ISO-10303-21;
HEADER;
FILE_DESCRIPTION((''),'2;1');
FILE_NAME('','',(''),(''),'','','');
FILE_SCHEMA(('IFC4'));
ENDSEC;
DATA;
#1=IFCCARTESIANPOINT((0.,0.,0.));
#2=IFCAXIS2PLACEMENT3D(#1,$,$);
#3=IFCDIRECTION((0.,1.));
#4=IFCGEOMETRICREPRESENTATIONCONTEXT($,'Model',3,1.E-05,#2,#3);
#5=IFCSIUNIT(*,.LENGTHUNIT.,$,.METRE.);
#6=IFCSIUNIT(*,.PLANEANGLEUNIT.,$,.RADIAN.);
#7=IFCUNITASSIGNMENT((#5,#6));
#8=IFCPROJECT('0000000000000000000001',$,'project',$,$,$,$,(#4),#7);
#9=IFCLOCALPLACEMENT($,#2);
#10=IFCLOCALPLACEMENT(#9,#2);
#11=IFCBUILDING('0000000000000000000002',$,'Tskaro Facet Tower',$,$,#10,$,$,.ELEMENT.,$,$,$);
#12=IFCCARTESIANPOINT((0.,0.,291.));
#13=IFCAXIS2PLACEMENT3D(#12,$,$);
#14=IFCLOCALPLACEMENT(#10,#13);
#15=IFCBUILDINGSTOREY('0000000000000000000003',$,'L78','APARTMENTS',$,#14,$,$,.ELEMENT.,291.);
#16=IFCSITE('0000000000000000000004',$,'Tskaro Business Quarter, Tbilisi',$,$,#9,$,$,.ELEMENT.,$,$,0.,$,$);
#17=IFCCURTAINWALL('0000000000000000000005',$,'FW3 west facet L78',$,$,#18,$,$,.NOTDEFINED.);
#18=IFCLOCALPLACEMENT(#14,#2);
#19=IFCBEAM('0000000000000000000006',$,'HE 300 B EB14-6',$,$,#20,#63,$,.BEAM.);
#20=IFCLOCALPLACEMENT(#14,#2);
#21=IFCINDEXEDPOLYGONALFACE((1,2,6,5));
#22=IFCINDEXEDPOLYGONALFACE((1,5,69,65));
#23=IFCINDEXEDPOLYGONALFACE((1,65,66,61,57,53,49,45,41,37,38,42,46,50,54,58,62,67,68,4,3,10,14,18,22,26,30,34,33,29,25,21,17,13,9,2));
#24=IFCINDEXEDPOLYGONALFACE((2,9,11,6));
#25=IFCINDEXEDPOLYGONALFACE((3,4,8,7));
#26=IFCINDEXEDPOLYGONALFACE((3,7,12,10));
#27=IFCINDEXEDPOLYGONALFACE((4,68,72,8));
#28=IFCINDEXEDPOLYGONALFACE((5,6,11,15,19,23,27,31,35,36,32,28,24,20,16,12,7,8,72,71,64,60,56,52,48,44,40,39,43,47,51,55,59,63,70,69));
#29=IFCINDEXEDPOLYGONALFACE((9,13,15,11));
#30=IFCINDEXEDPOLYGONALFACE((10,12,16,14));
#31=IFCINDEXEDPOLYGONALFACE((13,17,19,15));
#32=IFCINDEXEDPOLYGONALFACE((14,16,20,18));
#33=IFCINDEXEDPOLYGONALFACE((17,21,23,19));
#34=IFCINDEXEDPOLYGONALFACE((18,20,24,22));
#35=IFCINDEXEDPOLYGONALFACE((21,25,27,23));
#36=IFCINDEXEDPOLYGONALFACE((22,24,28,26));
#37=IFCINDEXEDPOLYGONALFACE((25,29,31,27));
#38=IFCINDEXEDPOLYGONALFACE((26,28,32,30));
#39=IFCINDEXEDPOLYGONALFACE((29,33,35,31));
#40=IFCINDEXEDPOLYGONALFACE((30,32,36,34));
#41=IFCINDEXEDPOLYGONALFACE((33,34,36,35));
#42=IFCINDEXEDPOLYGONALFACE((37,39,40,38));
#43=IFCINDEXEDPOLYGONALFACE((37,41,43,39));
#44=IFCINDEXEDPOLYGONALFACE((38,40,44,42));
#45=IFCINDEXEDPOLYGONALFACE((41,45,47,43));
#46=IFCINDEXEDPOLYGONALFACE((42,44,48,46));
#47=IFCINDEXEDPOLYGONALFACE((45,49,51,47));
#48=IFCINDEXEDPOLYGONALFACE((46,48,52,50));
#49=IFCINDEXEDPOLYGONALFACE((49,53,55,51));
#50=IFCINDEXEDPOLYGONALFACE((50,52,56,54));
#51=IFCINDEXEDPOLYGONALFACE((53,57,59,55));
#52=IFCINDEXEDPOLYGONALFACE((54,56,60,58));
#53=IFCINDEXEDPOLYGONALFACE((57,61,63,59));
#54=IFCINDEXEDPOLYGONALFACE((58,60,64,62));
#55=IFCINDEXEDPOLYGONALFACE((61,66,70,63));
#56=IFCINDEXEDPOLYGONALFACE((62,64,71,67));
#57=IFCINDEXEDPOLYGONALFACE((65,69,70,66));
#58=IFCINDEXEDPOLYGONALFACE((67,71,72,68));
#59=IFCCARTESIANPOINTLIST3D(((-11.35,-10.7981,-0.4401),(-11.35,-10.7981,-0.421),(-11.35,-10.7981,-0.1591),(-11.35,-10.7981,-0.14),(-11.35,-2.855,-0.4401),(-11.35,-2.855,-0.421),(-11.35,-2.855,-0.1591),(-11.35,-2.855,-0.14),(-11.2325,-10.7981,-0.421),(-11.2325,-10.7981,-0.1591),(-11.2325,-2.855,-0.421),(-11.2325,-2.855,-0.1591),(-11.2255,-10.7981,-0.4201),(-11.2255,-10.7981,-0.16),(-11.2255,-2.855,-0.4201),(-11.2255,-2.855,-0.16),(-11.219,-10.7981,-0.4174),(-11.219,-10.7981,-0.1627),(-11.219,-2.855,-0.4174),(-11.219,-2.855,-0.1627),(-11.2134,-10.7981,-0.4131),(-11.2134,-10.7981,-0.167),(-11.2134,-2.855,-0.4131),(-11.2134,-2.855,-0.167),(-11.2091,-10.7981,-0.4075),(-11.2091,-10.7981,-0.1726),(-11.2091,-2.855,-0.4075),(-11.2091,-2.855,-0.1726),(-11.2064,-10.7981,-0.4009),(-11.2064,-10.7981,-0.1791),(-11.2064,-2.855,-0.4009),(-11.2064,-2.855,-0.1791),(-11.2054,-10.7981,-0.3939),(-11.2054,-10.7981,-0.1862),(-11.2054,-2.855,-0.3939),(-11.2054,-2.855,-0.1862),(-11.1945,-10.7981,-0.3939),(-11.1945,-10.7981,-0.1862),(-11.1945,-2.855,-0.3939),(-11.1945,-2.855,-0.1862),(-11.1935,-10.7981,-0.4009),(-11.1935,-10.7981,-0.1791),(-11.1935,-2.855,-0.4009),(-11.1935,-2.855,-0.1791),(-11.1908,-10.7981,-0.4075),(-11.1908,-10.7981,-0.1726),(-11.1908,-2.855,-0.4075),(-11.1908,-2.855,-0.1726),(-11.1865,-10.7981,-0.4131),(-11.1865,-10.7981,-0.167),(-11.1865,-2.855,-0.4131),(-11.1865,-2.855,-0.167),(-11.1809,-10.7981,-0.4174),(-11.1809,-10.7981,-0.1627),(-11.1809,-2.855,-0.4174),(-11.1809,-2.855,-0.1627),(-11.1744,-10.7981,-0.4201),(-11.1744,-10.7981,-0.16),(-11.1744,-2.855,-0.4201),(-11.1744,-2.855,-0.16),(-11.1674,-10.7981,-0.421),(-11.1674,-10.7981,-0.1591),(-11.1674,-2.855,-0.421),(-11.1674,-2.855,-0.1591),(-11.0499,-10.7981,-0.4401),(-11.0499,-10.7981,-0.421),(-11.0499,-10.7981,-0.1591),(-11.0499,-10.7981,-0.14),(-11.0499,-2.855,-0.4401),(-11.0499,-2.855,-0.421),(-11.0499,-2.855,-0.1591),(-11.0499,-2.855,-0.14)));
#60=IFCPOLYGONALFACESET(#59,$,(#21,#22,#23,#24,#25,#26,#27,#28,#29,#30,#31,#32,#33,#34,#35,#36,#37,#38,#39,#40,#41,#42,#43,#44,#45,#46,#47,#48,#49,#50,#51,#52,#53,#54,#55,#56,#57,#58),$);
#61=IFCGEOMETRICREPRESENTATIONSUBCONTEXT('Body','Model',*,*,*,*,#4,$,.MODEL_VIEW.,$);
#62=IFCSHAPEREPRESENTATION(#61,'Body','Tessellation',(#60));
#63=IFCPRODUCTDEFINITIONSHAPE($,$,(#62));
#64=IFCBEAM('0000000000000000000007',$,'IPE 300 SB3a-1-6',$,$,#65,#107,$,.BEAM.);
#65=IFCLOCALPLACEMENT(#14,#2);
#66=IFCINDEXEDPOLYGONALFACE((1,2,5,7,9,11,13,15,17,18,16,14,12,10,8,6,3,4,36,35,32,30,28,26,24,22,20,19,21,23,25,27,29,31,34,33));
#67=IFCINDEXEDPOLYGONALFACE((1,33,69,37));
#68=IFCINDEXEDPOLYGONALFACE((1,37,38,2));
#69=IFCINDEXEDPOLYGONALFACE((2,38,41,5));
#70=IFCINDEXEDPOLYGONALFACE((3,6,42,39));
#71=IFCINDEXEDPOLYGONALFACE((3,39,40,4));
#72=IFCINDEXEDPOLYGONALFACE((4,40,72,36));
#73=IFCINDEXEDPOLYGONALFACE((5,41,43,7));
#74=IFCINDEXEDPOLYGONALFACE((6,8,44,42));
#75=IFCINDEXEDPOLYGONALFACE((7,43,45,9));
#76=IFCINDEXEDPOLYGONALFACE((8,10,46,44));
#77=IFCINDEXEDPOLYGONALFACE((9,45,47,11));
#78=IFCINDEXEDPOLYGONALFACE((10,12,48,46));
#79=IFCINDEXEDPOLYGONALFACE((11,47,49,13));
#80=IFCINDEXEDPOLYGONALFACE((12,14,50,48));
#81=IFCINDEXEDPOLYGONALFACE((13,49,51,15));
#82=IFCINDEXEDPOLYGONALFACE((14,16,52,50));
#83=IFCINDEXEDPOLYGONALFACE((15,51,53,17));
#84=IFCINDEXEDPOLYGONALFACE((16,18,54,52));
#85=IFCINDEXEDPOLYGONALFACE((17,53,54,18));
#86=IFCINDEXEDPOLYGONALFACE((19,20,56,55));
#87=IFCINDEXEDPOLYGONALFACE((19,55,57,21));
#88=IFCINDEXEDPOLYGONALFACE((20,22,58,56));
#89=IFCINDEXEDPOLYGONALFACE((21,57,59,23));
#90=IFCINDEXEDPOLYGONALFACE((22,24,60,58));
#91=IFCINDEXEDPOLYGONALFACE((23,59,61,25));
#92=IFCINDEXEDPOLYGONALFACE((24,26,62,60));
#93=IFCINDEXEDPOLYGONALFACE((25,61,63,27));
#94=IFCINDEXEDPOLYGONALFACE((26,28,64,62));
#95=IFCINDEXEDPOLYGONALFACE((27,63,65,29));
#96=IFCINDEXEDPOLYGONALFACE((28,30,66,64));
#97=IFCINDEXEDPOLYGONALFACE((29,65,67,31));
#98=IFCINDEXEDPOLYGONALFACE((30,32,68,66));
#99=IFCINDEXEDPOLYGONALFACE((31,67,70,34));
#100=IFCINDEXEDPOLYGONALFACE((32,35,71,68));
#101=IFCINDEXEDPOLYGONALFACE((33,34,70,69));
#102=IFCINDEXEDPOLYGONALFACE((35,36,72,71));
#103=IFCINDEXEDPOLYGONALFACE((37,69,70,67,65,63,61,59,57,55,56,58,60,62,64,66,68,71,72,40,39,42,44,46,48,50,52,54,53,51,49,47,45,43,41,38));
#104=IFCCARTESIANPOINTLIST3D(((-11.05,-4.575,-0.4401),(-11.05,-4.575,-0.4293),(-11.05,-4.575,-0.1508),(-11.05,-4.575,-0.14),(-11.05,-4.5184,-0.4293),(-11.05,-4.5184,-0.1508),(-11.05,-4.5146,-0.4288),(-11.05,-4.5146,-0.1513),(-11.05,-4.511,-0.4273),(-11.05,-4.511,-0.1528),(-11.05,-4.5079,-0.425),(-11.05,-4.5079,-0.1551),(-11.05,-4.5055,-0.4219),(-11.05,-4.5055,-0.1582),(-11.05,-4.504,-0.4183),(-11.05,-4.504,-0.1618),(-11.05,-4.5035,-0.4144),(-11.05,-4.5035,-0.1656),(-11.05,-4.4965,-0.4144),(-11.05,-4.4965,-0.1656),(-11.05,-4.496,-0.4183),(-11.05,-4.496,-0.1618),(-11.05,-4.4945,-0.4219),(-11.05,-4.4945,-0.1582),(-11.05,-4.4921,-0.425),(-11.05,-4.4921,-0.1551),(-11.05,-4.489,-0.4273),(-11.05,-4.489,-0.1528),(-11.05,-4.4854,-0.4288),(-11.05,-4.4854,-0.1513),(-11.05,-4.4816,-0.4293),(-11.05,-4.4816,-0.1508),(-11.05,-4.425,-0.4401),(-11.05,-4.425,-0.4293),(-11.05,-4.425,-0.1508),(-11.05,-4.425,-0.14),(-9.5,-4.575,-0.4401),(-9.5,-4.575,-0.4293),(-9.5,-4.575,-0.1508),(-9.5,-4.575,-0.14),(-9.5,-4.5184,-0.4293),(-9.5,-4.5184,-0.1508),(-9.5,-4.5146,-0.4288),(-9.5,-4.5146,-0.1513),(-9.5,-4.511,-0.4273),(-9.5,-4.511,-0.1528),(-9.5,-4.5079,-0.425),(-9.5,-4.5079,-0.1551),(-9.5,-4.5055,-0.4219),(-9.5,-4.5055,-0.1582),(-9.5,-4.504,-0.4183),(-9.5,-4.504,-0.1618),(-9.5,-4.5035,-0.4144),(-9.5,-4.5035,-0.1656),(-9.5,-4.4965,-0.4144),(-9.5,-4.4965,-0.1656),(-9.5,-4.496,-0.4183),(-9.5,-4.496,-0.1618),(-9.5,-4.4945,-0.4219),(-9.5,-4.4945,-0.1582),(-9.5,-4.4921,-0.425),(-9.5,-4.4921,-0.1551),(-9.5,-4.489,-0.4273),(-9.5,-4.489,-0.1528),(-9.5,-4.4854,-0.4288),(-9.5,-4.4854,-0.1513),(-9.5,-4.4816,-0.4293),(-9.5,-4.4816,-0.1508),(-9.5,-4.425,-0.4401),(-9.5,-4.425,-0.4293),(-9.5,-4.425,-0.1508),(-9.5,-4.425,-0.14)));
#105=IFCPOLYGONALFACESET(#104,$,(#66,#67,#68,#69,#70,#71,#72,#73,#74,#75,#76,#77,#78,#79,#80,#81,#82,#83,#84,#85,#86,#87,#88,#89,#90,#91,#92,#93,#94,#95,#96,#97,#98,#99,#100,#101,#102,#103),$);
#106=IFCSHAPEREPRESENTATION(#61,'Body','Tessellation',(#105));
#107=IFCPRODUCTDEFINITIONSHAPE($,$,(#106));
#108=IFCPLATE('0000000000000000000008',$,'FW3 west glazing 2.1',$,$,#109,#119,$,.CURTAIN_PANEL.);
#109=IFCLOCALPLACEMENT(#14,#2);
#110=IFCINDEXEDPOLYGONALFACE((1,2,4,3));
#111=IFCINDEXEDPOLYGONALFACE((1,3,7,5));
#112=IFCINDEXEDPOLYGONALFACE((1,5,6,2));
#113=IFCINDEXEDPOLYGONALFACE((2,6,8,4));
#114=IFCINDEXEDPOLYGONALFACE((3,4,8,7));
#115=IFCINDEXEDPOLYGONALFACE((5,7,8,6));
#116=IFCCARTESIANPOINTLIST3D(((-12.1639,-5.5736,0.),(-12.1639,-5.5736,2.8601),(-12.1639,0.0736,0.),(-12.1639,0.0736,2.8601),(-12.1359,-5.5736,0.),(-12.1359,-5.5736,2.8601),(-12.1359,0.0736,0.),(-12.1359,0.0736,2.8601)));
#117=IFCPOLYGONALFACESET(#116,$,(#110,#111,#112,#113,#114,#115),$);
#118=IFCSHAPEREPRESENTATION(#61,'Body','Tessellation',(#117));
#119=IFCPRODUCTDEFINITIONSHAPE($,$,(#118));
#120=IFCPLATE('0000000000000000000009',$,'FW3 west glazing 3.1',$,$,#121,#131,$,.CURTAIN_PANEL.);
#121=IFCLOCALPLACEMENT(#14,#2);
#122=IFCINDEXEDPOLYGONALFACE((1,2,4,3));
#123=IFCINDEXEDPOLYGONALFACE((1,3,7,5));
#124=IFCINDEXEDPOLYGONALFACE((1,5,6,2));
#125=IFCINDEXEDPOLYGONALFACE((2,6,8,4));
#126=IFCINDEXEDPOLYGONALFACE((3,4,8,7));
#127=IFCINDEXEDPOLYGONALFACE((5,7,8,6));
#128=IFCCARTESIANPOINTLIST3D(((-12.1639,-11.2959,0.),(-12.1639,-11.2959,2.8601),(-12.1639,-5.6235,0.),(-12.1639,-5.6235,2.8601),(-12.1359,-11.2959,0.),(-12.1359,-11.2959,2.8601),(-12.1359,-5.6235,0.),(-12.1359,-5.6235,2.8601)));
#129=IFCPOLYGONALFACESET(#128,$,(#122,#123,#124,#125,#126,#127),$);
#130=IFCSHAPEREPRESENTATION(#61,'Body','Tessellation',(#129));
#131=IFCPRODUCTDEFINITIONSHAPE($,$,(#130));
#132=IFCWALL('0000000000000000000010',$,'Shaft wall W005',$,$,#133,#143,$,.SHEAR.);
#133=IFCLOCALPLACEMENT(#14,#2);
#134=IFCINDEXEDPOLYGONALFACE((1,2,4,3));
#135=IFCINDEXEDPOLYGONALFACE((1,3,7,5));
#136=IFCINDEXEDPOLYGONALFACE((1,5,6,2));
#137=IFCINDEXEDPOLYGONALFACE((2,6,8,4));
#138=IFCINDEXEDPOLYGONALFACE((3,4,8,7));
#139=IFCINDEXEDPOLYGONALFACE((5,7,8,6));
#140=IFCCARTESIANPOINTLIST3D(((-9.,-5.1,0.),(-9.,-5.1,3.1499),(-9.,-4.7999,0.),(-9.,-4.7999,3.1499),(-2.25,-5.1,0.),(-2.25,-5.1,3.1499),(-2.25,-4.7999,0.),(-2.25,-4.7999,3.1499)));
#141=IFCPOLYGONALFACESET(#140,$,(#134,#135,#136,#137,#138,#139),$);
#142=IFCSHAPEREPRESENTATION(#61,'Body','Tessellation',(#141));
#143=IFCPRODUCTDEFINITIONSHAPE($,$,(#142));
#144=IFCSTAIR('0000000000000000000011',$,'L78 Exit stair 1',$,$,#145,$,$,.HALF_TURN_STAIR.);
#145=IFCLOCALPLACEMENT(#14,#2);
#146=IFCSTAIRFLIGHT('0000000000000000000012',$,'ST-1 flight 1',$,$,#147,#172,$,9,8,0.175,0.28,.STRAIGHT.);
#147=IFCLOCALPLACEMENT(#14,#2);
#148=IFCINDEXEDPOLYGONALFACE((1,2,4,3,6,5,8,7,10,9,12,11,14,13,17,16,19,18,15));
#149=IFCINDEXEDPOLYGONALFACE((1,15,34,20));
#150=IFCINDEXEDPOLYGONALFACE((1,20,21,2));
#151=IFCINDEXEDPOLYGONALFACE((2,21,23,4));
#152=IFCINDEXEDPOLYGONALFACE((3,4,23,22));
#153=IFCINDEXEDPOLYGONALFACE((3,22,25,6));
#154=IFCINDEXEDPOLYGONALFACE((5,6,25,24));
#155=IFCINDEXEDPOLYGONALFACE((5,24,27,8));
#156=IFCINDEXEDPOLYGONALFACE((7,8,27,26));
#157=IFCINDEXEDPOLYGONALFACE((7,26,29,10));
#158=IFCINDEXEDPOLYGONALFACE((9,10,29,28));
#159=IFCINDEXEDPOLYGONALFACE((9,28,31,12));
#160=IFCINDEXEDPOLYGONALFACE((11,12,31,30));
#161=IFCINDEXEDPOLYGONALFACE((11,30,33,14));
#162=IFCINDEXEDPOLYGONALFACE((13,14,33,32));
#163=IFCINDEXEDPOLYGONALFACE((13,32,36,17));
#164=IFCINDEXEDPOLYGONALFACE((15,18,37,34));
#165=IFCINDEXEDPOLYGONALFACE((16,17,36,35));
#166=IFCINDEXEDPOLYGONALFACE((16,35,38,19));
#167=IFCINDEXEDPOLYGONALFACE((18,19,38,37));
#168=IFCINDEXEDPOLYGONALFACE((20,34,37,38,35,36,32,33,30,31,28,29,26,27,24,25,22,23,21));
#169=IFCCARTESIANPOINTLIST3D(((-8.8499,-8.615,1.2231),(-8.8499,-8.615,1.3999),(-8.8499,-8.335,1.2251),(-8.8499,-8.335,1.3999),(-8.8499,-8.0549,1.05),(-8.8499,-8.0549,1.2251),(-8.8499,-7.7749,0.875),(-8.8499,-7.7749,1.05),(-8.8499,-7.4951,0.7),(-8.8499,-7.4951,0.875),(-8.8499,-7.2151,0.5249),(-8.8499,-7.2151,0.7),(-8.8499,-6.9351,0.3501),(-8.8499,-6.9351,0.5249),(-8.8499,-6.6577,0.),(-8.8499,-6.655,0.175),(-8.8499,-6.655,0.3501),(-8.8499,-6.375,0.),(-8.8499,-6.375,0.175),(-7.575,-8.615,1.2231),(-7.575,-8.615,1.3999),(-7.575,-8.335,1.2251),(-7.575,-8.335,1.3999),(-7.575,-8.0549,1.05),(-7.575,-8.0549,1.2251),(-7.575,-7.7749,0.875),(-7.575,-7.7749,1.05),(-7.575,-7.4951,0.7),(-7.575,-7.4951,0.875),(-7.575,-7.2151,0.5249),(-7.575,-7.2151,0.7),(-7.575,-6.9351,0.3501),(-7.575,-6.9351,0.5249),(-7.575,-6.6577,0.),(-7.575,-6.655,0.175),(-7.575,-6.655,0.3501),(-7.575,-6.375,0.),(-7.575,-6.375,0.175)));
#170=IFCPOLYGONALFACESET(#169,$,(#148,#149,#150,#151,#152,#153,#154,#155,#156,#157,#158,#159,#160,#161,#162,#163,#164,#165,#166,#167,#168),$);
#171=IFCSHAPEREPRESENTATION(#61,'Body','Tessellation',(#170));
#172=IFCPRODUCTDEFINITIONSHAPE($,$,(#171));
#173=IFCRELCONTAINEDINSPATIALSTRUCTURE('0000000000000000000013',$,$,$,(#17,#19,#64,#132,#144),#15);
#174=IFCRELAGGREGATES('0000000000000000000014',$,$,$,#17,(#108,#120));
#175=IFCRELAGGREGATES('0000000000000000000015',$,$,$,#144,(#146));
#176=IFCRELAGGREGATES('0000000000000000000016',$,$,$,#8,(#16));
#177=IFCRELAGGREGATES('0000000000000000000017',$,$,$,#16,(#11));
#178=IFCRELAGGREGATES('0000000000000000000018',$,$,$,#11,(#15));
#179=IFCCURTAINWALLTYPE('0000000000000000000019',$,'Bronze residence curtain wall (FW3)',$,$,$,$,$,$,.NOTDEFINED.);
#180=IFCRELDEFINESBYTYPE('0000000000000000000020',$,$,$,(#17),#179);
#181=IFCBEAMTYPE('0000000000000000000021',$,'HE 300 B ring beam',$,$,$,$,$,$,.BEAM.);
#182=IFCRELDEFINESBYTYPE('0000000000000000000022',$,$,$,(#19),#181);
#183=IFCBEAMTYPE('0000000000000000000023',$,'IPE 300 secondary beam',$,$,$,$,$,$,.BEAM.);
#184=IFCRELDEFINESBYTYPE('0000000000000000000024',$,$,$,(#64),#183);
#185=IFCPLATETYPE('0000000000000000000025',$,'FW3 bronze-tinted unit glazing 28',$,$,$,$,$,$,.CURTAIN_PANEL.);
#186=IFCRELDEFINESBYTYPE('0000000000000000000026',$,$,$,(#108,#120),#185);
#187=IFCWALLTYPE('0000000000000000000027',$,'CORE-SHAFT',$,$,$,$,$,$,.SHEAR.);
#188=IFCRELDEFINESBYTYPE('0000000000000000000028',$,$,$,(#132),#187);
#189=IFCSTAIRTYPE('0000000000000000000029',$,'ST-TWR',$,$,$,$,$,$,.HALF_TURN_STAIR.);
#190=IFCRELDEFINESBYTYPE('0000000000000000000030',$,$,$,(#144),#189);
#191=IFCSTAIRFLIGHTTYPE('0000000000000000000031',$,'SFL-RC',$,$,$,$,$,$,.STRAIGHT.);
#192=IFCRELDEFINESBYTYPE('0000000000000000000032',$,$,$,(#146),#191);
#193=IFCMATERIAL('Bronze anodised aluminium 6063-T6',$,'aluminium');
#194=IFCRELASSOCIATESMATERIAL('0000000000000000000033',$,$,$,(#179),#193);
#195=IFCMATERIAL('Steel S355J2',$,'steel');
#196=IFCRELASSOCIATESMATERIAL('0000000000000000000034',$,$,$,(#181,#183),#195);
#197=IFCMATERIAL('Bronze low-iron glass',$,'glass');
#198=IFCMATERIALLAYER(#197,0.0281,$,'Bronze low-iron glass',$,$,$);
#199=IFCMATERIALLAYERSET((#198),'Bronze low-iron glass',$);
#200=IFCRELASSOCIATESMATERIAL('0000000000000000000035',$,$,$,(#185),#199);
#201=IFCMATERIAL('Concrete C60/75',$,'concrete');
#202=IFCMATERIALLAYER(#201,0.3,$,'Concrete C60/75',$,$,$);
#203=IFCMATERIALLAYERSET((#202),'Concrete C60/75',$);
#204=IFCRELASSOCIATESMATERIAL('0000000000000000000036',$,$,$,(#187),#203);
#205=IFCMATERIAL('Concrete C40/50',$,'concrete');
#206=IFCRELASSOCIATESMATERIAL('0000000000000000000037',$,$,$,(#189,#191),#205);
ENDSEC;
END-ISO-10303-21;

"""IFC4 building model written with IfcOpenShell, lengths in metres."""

from ifc_helpers import new_model, si_unit, direction, frame, frame_2d, origin, origin_2d, place, context, subcontext, project, spatial, polyline, rectangle, i_section, outline, extrude, material, layer, layer_set, material_profile, profile_set, type_object, element, aggregate, save


model = new_model("IFC4")

# Units and contexts
model_context = context("Model", 3, precision=1e-05, world=origin(), true_north=direction((0.0, 1.0)))
body_context = subcontext(model_context, "Body", "Model", "MODEL_VIEW")
ifc_project = project(units=[si_unit("LENGTHUNIT", "METRE"), si_unit("PLANEANGLEUNIT", "RADIAN")], contexts=[model_context])

# Site, building, storey
site_placement = place(None, origin())
site = spatial("IfcSite", under=ifc_project, at=site_placement, Name="Tskaro Business Quarter, Tbilisi", CompositionType="ELEMENT", RefElevation=0.0)
building_placement = place(site_placement, origin())
building = spatial("IfcBuilding", under=site, at=building_placement, Name="Tskaro Facet Tower", CompositionType="ELEMENT")
storey_placement = place(building_placement, frame((0.0, 0.0, 291.0)))
storey = spatial("IfcBuildingStorey", under=building, at=storey_placement, Name="L78", Description="APARTMENTS", CompositionType="ELEMENT", Elevation=291.0)

# Shared definitions
ifc_material_1 = material(Name="Steel S355J2", Category="steel")

# Curtain wall
ifc_material_2 = material(Name="Bronze anodised aluminium 6063-T6", Category="aluminium")
curtain_wall_type = type_object("IfcCurtainWallType", Name="Bronze residence curtain wall (FW3)", PredefinedType="NOTDEFINED", material=ifc_material_2)
curtain_wall_placement = place(storey_placement, origin())
curtain_wall = element("IfcCurtainWall", 1, at=curtain_wall_placement, inside=storey, type_object=curtain_wall_type, Name="FW3 west facet L78", PredefinedType="NOTDEFINED")

# Beams
ifc_material_profile_1 = material_profile(ifc_material_1, i_section(OverallWidth=0.3, OverallDepth=0.3, WebThickness=0.011, FlangeThickness=0.019, FilletRadius=0.0271, at=origin_2d()), Name="HE 300 B")
ifc_profile_set_1 = profile_set([ifc_material_profile_1], Name="Steel S355J2")
beam_type_1 = type_object("IfcBeamType", Name="HE 300 B ring beam", PredefinedType="BEAM", material=ifc_profile_set_1)
beam_1_placement = place(storey_placement, frame((-11.2, -2.855, -0.29), z_axis=(0.0, -1.0, 0.0), x_axis=(1.0, 0.0, 0.0)))
element("IfcBeam", 2, at=beam_1_placement, inside=storey, type_object=beam_type_1, Name="HE 300 B EB14-6", PredefinedType="BEAM", context=body_context, shape_type="SweptSolid", body=[
    extrude(i_section(OverallWidth=0.3, OverallDepth=0.3, WebThickness=0.011, FlangeThickness=0.019, FilletRadius=0.0271, at=origin_2d()), origin(), (0.0, 0.0, 1.0), 7.9431),
])
ifc_material_profile_2 = material_profile(ifc_material_1, i_section(OverallWidth=0.1499, OverallDepth=0.3, WebThickness=0.0071, FlangeThickness=0.0107, FilletRadius=0.0149, at=origin_2d()), Name="IPE 300")
ifc_profile_set_2 = profile_set([ifc_material_profile_2], Name="Steel S355J2")
beam_type_2 = type_object("IfcBeamType", Name="IPE 300 secondary beam", PredefinedType="BEAM", material=ifc_profile_set_2)
beam_2_placement = place(storey_placement, frame((-11.05, -4.5, -0.29), z_axis=(1.0, 0.0, 0.0), x_axis=(0.0, 1.0, 0.0)))
element("IfcBeam", 3, at=beam_2_placement, inside=storey, type_object=beam_type_2, Name="IPE 300 SB3a-1-6", PredefinedType="BEAM", context=body_context, shape_type="SweptSolid", body=[
    extrude(i_section(OverallWidth=0.1499, OverallDepth=0.3, WebThickness=0.0071, FlangeThickness=0.0107, FilletRadius=0.0149, at=origin_2d()), origin(), (0.0, 0.0, 1.0), 1.55),
])

# Plates
ifc_material_3 = material(Name="Bronze low-iron glass", Category="glass")
ifc_layer_1 = layer(ifc_material_3, 0.0281, Name="Bronze low-iron glass")
ifc_layer_set_1 = layer_set([ifc_layer_1], Name="Bronze low-iron glass")
plate_type = type_object("IfcPlateType", Name="FW3 bronze-tinted unit glazing 28", PredefinedType="CURTAIN_PANEL", material=ifc_layer_set_1)
plate_1_placement = place(storey_placement, frame((-12.1499, -2.75, 0.0), z_axis=(0.0, 0.0, 1.0), x_axis=(0.0, -1.0, 0.0)))
plate_1 = element("IfcPlate", 4, at=plate_1_placement, type_object=plate_type, Name="FW3 west glazing 2.1", PredefinedType="CURTAIN_PANEL", context=body_context, shape_type="SweptSolid", body=[
    extrude(rectangle(XDim=5.6472, YDim=0.0281, at=origin_2d()), origin(), (0.0, 0.0, 1.0), 2.8601),
])
plate_2_placement = place(storey_placement, frame((-12.1499, -8.4597, 0.0), z_axis=(0.0, 0.0, 1.0), x_axis=(0.0, -1.0, 0.0)))
plate_2 = element("IfcPlate", 5, at=plate_2_placement, type_object=plate_type, Name="FW3 west glazing 3.1", PredefinedType="CURTAIN_PANEL", context=body_context, shape_type="SweptSolid", body=[
    extrude(rectangle(XDim=5.6724, YDim=0.0281, at=origin_2d()), origin(), (0.0, 0.0, 1.0), 2.8601),
])
aggregate(curtain_wall, [plate_1, plate_2])

# Wall
ifc_material_4 = material(Name="Concrete C60/75", Category="concrete")
ifc_layer_2 = layer(ifc_material_4, 0.3, Name="Concrete C60/75")
ifc_layer_set_2 = layer_set([ifc_layer_2], Name="Concrete C60/75")
wall_type = type_object("IfcWallType", Name="CORE-SHAFT", PredefinedType="SHEAR", material=ifc_layer_set_2)
wall_placement = place(storey_placement, frame((-9.0, -4.95, 0.0), z_axis=(0.0, 0.0, 1.0), x_axis=(1.0, 0.0, 0.0)))
element("IfcWall", 6, at=wall_placement, inside=storey, type_object=wall_type, Name="Shaft wall W005", PredefinedType="SHEAR", context=body_context, shape_type="SweptSolid", body=[
    extrude(rectangle(XDim=6.75, YDim=0.3, at=frame_2d((3.375, 0.0))), origin(), (0.0, 0.0, 1.0), 3.1499),
])

# Stair, stair flight
ifc_material_5 = material(Name="Concrete C40/50", Category="concrete")
stair_type = type_object("IfcStairType", Name="ST-TWR", PredefinedType="HALF_TURN_STAIR", material=ifc_material_5)
stair_placement = place(storey_placement, origin())
stair = element("IfcStair", 7, at=stair_placement, inside=storey, type_object=stair_type, Name="L78 Exit stair 1", PredefinedType="HALF_TURN_STAIR")
stair_flight_type = type_object("IfcStairFlightType", Name="SFL-RC", PredefinedType="STRAIGHT", material=ifc_material_5)
stair_flight_placement = place(storey_placement, frame((-8.2124, -6.375, 0.0), z_axis=(0.0, 0.0, 1.0), x_axis=(0.0, -1.0, 0.0)))
stair_flight = element("IfcStairFlight", 8, at=stair_flight_placement, type_object=stair_flight_type, Name="ST-1 flight 1", NumberOfRisers=9, NumberOfTreads=8, PredefinedType="STRAIGHT", RiserHeight=0.175, TreadLength=0.28, context=body_context, shape_type="SweptSolid", body=[
    extrude(outline(polyline([(0.0, 0.0), (0.0, 0.175), (0.28, 0.175), (0.28, 0.3501), (0.5601, 0.3501), (0.5601, 0.5249), (0.8401, 0.5249), (0.8401, 0.7), (1.1201, 0.7), (1.1201, 0.875), (1.3999, 0.875), (1.3999, 1.05), (1.6799, 1.05), (1.6799, 1.2251), (1.96, 1.2251), (1.96, 1.3999), (2.24, 1.3999), (2.24, 1.575), (2.24, 1.2231), (0.2827, 0.0), (0.0, 0.0)])), frame((0.0, 0.6375, 0.0), z_axis=(0.0, -1.0, 0.0), x_axis=(1.0, 0.0, 0.0)), (0.0, 0.0, 1.0), 1.2749),
])
aggregate(stair, [stair_flight])

save(model, "model.ifc")
